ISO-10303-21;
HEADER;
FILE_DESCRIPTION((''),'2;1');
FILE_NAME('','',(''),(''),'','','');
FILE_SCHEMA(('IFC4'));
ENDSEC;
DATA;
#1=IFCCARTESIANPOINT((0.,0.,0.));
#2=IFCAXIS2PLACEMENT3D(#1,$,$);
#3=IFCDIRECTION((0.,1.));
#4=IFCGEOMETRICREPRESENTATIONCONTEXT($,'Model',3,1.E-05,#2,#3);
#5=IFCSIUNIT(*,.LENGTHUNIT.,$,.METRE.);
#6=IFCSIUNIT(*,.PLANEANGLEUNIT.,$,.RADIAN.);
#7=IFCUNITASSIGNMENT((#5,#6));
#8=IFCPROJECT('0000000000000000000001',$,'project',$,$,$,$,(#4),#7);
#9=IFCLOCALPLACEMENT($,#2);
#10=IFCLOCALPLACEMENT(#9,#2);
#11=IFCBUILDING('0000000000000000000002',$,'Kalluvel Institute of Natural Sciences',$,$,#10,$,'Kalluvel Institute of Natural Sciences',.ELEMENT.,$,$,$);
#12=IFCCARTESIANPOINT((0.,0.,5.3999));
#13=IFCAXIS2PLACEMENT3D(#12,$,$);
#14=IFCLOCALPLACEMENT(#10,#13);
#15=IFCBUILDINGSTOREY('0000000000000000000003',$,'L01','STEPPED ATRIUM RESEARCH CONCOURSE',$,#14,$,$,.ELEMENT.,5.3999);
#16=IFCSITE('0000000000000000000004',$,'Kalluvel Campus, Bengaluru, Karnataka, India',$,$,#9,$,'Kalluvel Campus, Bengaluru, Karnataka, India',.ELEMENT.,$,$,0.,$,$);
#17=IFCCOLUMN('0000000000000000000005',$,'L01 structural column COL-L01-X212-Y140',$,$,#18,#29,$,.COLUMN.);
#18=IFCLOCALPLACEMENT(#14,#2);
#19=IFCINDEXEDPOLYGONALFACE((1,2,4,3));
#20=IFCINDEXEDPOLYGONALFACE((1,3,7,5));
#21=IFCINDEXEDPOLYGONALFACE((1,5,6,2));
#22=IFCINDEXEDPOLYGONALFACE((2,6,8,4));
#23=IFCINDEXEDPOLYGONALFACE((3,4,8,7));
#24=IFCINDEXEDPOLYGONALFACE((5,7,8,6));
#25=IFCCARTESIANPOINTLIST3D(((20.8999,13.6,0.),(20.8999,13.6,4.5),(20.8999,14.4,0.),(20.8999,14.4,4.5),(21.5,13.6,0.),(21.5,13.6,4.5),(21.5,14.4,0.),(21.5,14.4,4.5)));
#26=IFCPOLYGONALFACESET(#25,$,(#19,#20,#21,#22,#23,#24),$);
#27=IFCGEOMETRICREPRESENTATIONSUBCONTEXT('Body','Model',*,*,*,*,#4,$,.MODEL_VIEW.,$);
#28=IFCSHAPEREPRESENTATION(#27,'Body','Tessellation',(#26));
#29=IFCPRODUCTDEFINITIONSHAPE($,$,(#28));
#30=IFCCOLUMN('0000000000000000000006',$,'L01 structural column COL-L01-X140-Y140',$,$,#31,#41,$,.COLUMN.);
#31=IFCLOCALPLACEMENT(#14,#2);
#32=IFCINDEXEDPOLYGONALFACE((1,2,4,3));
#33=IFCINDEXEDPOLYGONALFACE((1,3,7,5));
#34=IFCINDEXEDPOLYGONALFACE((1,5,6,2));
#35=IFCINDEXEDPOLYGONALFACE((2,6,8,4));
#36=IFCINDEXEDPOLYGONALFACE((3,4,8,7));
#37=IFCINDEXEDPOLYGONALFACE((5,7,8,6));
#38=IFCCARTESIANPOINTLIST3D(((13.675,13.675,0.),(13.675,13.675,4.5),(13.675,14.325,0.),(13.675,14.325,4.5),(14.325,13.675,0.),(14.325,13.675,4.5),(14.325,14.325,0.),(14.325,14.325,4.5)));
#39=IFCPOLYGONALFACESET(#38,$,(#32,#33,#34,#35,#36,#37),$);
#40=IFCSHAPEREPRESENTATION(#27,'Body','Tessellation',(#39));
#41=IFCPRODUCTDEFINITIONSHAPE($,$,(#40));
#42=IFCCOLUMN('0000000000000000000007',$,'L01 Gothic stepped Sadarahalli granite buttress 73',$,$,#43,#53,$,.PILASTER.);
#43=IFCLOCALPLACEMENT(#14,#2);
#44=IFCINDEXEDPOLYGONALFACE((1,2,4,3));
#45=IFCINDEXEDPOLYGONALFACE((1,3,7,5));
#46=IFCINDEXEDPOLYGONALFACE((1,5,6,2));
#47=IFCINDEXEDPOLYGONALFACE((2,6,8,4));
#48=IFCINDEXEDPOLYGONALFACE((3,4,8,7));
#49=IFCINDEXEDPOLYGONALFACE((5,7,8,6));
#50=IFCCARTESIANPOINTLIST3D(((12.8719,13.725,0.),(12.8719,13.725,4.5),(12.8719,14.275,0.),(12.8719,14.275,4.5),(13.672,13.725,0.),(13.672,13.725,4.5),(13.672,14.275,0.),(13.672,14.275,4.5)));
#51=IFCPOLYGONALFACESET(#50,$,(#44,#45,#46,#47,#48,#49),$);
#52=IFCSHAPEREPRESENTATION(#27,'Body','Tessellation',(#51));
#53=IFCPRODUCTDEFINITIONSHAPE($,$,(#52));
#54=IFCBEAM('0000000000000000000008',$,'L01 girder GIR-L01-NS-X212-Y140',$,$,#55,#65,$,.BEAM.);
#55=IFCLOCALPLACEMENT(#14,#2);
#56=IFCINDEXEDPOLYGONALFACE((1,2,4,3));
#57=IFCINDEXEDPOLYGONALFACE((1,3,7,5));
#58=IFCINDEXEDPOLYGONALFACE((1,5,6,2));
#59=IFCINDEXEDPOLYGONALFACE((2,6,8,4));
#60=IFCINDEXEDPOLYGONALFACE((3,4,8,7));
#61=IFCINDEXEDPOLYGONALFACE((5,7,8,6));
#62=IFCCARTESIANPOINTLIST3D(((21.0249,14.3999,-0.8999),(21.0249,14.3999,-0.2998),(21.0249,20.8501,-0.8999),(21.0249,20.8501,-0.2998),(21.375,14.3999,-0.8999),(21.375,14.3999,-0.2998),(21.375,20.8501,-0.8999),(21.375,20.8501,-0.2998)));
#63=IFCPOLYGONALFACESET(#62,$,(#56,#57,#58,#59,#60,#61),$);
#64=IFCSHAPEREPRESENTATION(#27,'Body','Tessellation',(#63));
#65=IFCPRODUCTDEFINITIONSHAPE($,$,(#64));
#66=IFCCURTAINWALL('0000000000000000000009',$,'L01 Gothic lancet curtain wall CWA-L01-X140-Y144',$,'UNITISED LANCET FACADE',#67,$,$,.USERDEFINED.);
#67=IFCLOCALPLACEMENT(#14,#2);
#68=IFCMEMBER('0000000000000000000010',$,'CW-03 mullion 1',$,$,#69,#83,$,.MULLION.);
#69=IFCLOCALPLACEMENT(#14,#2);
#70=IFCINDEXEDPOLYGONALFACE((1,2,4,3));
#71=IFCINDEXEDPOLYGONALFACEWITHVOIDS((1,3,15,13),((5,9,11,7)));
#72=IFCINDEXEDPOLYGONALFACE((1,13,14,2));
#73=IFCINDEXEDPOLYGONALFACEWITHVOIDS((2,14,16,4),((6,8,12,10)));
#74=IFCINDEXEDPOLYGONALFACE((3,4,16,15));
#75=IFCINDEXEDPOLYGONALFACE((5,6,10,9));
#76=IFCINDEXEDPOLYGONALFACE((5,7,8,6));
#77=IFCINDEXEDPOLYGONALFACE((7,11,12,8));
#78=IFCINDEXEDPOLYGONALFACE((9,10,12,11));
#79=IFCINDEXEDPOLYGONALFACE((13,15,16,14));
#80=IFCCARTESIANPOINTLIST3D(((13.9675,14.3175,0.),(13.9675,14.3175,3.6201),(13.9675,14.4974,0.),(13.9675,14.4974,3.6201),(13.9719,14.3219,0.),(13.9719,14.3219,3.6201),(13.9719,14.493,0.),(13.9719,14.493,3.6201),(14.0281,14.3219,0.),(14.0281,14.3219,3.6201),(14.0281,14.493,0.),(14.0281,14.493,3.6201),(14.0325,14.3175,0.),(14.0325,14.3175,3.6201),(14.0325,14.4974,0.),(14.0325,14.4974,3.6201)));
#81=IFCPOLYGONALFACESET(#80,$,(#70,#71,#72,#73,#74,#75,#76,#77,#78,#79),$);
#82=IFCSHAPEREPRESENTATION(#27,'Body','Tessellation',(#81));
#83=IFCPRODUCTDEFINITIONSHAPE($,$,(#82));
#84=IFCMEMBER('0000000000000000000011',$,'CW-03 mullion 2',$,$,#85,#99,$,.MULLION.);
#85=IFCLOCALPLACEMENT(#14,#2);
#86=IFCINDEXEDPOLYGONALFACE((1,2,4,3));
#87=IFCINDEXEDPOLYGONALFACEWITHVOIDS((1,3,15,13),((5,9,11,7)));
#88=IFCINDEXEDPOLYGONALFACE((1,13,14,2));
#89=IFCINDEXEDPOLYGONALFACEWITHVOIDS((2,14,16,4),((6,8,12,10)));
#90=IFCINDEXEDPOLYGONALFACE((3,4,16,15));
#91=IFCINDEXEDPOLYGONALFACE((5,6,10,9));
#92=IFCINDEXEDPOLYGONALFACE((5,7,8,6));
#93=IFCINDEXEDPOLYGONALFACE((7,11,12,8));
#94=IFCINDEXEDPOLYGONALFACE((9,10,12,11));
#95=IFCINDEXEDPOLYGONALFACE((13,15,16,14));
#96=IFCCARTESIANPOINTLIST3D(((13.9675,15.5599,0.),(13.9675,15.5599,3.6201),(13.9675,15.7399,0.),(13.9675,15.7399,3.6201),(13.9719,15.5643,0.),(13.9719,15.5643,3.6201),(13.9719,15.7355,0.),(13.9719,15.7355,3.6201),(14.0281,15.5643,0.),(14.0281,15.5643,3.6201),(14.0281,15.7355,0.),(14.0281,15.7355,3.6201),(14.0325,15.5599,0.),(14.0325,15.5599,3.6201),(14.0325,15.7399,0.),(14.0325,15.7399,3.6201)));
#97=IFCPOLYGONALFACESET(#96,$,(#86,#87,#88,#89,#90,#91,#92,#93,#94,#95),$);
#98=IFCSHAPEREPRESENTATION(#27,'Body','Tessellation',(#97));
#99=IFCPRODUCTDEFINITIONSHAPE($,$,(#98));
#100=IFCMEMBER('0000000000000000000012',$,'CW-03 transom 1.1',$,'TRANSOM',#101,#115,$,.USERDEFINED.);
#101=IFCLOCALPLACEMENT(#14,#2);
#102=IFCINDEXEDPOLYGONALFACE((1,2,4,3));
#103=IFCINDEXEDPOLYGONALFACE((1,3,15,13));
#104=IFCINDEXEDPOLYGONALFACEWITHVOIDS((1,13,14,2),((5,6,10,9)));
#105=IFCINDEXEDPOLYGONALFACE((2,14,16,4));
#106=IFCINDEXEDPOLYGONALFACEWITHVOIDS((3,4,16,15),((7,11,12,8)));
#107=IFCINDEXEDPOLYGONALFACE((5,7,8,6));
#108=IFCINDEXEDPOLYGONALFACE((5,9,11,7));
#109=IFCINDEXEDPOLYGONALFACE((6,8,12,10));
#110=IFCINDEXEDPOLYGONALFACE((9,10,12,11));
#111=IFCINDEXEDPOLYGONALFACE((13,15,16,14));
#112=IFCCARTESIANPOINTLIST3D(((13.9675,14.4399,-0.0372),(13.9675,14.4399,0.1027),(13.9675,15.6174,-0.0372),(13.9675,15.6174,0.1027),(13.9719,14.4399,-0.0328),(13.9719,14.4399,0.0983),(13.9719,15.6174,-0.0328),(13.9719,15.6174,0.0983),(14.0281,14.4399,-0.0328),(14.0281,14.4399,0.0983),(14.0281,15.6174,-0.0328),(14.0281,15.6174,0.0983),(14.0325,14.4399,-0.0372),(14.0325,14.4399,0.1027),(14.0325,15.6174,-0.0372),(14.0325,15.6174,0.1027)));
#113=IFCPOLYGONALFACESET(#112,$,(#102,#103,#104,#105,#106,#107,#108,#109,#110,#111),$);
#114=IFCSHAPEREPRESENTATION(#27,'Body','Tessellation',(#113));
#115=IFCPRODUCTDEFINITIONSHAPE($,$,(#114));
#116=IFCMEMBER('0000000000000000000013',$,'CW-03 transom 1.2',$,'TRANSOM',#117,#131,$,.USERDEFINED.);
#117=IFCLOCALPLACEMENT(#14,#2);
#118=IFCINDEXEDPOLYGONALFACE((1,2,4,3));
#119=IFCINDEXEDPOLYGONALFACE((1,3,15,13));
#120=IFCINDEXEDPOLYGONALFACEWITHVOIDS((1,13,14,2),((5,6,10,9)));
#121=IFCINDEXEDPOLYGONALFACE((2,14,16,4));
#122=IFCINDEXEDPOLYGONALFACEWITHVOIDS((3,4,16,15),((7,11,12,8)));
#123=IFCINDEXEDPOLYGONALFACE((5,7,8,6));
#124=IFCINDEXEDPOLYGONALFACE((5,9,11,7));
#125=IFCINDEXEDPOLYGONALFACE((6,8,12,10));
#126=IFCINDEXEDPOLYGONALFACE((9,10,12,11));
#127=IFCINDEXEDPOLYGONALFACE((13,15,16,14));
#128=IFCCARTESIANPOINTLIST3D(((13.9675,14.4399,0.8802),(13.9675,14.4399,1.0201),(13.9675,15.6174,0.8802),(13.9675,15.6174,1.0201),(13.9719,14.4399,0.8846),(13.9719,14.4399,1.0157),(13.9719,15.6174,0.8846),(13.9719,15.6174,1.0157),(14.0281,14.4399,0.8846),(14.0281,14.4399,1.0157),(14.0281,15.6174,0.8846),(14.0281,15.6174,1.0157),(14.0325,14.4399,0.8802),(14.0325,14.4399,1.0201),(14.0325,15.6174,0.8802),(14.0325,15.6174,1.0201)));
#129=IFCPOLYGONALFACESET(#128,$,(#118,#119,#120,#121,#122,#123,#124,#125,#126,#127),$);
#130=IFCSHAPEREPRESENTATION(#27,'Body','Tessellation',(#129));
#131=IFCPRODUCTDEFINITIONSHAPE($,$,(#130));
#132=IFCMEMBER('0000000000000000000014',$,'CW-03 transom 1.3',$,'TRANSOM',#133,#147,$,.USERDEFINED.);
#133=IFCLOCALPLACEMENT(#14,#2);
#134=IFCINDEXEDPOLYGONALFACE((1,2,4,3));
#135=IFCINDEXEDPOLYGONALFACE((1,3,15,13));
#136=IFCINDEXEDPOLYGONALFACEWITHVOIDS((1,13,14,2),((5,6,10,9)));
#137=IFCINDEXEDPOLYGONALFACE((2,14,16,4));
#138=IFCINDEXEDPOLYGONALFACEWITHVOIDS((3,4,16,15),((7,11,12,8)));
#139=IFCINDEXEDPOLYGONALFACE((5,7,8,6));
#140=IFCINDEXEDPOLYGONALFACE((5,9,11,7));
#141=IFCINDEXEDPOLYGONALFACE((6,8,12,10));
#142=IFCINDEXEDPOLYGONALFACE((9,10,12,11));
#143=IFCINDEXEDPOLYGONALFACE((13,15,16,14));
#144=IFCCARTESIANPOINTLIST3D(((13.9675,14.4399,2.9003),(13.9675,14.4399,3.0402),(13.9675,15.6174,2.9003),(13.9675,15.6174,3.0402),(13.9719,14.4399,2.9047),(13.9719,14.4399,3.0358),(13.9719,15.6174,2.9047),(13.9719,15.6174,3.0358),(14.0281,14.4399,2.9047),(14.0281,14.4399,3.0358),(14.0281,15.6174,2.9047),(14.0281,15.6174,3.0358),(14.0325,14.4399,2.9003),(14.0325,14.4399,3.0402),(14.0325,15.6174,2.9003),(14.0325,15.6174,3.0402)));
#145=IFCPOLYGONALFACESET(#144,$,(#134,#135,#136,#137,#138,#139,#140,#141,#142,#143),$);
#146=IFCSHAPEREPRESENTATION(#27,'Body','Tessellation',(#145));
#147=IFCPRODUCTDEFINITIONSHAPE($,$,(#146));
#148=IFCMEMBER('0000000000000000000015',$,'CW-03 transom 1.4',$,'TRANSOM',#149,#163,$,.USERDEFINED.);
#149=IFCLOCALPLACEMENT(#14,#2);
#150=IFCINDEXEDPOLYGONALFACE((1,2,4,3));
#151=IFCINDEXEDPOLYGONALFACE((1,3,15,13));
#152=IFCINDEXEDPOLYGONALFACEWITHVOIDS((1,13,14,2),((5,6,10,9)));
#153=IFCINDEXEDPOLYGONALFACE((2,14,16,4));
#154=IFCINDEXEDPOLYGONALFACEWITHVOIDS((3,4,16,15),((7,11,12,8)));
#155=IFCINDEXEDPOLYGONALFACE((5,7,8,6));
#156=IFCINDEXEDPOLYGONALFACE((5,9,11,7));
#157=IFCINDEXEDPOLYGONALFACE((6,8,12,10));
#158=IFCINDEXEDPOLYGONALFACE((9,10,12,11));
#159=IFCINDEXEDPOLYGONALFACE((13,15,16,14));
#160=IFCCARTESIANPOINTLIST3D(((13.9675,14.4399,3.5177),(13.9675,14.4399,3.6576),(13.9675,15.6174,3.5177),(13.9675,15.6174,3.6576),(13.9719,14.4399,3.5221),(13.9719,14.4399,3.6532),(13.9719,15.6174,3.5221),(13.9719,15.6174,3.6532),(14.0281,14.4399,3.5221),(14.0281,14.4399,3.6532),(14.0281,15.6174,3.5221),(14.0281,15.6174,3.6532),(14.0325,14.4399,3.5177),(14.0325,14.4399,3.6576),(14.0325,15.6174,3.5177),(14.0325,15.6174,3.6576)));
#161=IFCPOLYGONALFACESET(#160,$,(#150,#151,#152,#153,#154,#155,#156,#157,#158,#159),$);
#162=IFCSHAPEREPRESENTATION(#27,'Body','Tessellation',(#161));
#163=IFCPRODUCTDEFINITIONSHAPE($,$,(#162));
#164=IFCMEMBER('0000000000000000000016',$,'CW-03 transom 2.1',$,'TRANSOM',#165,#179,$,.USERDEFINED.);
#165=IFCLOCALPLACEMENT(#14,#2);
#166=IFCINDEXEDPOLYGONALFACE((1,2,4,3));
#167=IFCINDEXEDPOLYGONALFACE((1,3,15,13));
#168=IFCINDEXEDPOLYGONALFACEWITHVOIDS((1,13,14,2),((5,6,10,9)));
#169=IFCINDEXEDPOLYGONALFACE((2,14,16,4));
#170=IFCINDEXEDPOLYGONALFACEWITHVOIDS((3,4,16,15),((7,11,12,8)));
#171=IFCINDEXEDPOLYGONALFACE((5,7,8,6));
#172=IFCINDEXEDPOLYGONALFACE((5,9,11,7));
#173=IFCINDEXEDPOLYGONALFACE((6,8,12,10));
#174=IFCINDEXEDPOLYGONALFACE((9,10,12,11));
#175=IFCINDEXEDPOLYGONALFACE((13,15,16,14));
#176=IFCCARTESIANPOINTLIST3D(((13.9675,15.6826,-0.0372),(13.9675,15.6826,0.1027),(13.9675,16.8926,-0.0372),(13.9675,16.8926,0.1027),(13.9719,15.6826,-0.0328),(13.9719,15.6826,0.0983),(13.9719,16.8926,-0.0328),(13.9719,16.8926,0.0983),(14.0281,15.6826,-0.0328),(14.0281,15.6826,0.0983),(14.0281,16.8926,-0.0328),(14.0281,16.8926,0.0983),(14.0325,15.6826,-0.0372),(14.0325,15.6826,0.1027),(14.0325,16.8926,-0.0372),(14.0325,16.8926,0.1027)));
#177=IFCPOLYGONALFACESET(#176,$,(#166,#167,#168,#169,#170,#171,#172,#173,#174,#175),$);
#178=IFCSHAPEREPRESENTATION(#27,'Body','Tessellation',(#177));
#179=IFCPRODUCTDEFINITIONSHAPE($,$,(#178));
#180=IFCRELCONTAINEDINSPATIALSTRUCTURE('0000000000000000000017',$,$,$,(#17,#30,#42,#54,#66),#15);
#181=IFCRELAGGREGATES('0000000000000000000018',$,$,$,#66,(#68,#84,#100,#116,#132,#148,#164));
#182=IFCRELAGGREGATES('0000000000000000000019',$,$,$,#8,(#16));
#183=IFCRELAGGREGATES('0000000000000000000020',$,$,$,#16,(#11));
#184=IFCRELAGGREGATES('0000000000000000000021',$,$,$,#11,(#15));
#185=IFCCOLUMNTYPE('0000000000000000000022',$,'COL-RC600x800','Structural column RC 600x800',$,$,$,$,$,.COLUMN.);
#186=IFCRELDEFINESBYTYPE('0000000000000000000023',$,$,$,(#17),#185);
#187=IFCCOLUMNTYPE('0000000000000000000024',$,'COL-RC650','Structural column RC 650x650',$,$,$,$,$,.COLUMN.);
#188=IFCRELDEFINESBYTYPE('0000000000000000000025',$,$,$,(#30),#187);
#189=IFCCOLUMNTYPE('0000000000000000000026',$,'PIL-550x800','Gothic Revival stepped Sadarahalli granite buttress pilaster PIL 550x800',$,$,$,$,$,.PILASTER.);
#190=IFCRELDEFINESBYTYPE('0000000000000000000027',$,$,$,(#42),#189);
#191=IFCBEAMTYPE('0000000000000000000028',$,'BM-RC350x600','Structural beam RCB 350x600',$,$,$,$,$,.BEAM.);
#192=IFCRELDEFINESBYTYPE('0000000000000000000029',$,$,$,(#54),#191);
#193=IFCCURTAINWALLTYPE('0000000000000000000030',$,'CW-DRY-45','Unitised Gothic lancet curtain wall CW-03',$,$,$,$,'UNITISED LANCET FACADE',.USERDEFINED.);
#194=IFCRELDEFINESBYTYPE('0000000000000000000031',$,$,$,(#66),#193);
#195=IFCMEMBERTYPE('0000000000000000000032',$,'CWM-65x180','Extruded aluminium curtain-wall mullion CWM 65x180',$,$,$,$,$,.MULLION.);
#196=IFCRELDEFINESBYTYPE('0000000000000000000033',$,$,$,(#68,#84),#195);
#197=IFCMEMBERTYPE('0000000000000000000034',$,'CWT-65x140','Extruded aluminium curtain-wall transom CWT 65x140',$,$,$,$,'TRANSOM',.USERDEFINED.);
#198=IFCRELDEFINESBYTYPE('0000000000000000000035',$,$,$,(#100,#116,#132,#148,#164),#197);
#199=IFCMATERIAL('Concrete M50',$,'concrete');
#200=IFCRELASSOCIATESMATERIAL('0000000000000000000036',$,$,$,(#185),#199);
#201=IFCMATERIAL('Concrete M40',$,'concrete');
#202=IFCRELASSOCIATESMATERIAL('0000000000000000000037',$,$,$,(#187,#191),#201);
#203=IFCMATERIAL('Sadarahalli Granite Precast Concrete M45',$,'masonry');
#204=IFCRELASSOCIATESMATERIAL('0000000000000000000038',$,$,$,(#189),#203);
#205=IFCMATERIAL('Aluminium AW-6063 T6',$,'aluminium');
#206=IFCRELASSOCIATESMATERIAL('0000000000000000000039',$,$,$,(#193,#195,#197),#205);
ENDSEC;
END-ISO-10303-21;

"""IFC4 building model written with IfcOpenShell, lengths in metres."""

from ifc_helpers import new_model, si_unit, direction, frame, origin, origin_2d, place, context, subcontext, project, spatial, rectangle, hollow_rectangle, extrude, material, material_profile, profile_set, type_object, element, aggregate, save


model = new_model("IFC4")

# Units and contexts
model_context = context("Model", 3, precision=1e-05, world=origin(), true_north=direction((0.0, 1.0)))
body_context = subcontext(model_context, "Body", "Model", "MODEL_VIEW")
ifc_project = project(units=[si_unit("LENGTHUNIT", "METRE"), si_unit("PLANEANGLEUNIT", "RADIAN")], contexts=[model_context])

# Site, building, storey
site_placement = place(None, origin())
site = spatial("IfcSite", under=ifc_project, at=site_placement, Name="Kalluvel Campus, Bengaluru, Karnataka, India", LongName="Kalluvel Campus, Bengaluru, Karnataka, India", CompositionType="ELEMENT", RefElevation=0.0)
building_placement = place(site_placement, origin())
building = spatial("IfcBuilding", under=site, at=building_placement, Name="Kalluvel Institute of Natural Sciences", LongName="Kalluvel Institute of Natural Sciences", CompositionType="ELEMENT")
storey_placement = place(building_placement, frame((0.0, 0.0, 5.3999)))
storey = spatial("IfcBuildingStorey", under=building, at=storey_placement, Name="L01", Description="STEPPED ATRIUM RESEARCH CONCOURSE", CompositionType="ELEMENT", Elevation=5.3999)

# Columns
ifc_material_1 = material(Name="Concrete M50", Category="concrete")
ifc_material_profile_1 = material_profile(ifc_material_1, rectangle(XDim=0.6001, YDim=0.8, at=origin_2d()), Name="RC 600x800")
ifc_profile_set_1 = profile_set([ifc_material_profile_1], Name="Concrete M50")
column_type_1 = type_object("IfcColumnType", Name="COL-RC600x800", Description="Structural column RC 600x800", PredefinedType="COLUMN", material=ifc_profile_set_1)
column_1_placement = place(storey_placement, frame((21.2, 14.0, 0.0), z_axis=(0.0, 0.0, 1.0), x_axis=(1.0, 0.0, 0.0)))
element("IfcColumn", 1, at=column_1_placement, inside=storey, type_object=column_type_1, Name="L01 structural column COL-L01-X212-Y140", PredefinedType="COLUMN", context=body_context, shape_type="SweptSolid", body=[
    extrude(rectangle(XDim=0.6001, YDim=0.8, at=origin_2d()), origin(), (0.0, 0.0, 1.0), 4.5),
])
ifc_material_2 = material(Name="Concrete M40", Category="concrete")
ifc_material_profile_2 = material_profile(ifc_material_2, rectangle(XDim=0.6499, YDim=0.6499, at=origin_2d()), Name="RC 650x650")
ifc_profile_set_2 = profile_set([ifc_material_profile_2], Name="Concrete M40")
column_type_2 = type_object("IfcColumnType", Name="COL-RC650", Description="Structural column RC 650x650", PredefinedType="COLUMN", material=ifc_profile_set_2)
column_2_placement = place(storey_placement, frame((14.0, 14.0, 0.0), z_axis=(0.0, 0.0, 1.0), x_axis=(1.0, 0.0, 0.0)))
element("IfcColumn", 2, at=column_2_placement, inside=storey, type_object=column_type_2, Name="L01 structural column COL-L01-X140-Y140", PredefinedType="COLUMN", context=body_context, shape_type="SweptSolid", body=[
    extrude(rectangle(XDim=0.6499, YDim=0.6499, at=origin_2d()), origin(), (0.0, 0.0, 1.0), 4.5),
])
ifc_material_3 = material(Name="Sadarahalli Granite Precast Concrete M45", Category="masonry")
ifc_material_profile_3 = material_profile(ifc_material_3, rectangle(XDim=0.55, YDim=0.8, at=origin_2d()), Name="PIL 550x800")
ifc_profile_set_3 = profile_set([ifc_material_profile_3], Name="Sadarahalli Granite Precast Concrete M45")
column_type_3 = type_object("IfcColumnType", Name="PIL-550x800", Description="Gothic Revival stepped Sadarahalli granite buttress pilaster PIL 550x800", PredefinedType="PILASTER", material=ifc_profile_set_3)
column_3_placement = place(storey_placement, frame((13.272, 14.0, 0.0), z_axis=(0.0, 0.0, 1.0), x_axis=(0.0, 1.0, 0.0)))
element("IfcColumn", 3, at=column_3_placement, inside=storey, type_object=column_type_3, Name="L01 Gothic stepped Sadarahalli granite buttress 73", PredefinedType="PILASTER", context=body_context, shape_type="SweptSolid", body=[
    extrude(rectangle(XDim=0.55, YDim=0.8, at=origin_2d()), origin(), (0.0, 0.0, 1.0), 4.5),
])

# Beam
ifc_material_profile_4 = material_profile(ifc_material_2, rectangle(XDim=0.3501, YDim=0.6001, at=origin_2d()), Name="RCB 350x600")
ifc_profile_set_4 = profile_set([ifc_material_profile_4], Name="Concrete M40")
beam_type_1 = type_object("IfcBeamType", Name="BM-RC350x600", Description="Structural beam RCB 350x600", PredefinedType="BEAM", material=ifc_profile_set_4)
beam_1_placement = place(storey_placement, frame((21.2, 14.3999, -0.5999), z_axis=(0.0, 1.0, 0.0), x_axis=(-1.0, 0.0, 0.0)))
element("IfcBeam", 4, at=beam_1_placement, inside=storey, type_object=beam_type_1, Name="L01 girder GIR-L01-NS-X212-Y140", PredefinedType="BEAM", context=body_context, shape_type="SweptSolid", body=[
    extrude(rectangle(XDim=0.3501, YDim=0.6001, at=origin_2d()), origin(), (0.0, 0.0, 1.0), 6.4502),
])

# Curtain wall, members
ifc_material_4 = material(Name="Aluminium AW-6063 T6", Category="aluminium")
curtain_wall_type = type_object("IfcCurtainWallType", Name="CW-DRY-45", Description="Unitised Gothic lancet curtain wall CW-03", ElementType="UNITISED LANCET FACADE", PredefinedType="USERDEFINED", material=ifc_material_4)
curtain_wall_placement = place(storey_placement, origin())
curtain_wall = element("IfcCurtainWall", 5, at=curtain_wall_placement, inside=storey, type_object=curtain_wall_type, Name="L01 Gothic lancet curtain wall CWA-L01-X140-Y144", ObjectType="UNITISED LANCET FACADE", PredefinedType="USERDEFINED")
ifc_material_profile_5 = material_profile(ifc_material_4, hollow_rectangle(XDim=0.0649, YDim=0.1799, WallThickness=0.0044, at=origin_2d()), Name="CWM 65x180")
ifc_profile_set_5 = profile_set([ifc_material_profile_5], Name="Aluminium AW-6063 T6")
member_type_1 = type_object("IfcMemberType", Name="CWM-65x180", Description="Extruded aluminium curtain-wall mullion CWM 65x180", PredefinedType="MULLION", material=ifc_profile_set_5)
member_1_placement = place(storey_placement, frame((14.0, 14.4075, 0.0), z_axis=(0.0, 0.0, 1.0), x_axis=(-1.0, 0.0, 0.0)))
member_1 = element("IfcMember", 6, at=member_1_placement, type_object=member_type_1, Name="CW-03 mullion 1", PredefinedType="MULLION", context=body_context, shape_type="SweptSolid", body=[
    extrude(hollow_rectangle(XDim=0.0649, YDim=0.1799, WallThickness=0.0044, at=origin_2d()), origin(), (0.0, 0.0, 1.0), 3.6201),
])
member_2_placement = place(storey_placement, frame((14.0, 15.6499, 0.0), z_axis=(0.0, 0.0, 1.0), x_axis=(-1.0, 0.0, 0.0)))
member_2 = element("IfcMember", 7, at=member_2_placement, type_object=member_type_1, Name="CW-03 mullion 2", PredefinedType="MULLION", context=body_context, shape_type="SweptSolid", body=[
    extrude(hollow_rectangle(XDim=0.0649, YDim=0.1799, WallThickness=0.0044, at=origin_2d()), origin(), (0.0, 0.0, 1.0), 3.6201),
])
ifc_material_profile_6 = material_profile(ifc_material_4, hollow_rectangle(XDim=0.0649, YDim=0.1399, WallThickness=0.0044, at=origin_2d()), Name="CWT 65x140")
ifc_profile_set_6 = profile_set([ifc_material_profile_6], Name="Aluminium AW-6063 T6")
member_type_2 = type_object("IfcMemberType", Name="CWT-65x140", Description="Extruded aluminium curtain-wall transom CWT 65x140", ElementType="TRANSOM", PredefinedType="USERDEFINED", material=ifc_profile_set_6)
member_3_placement = place(storey_placement, frame((14.0, 14.4399, 0.0327), z_axis=(0.0, 1.0, 0.0), x_axis=(-1.0, 0.0, 0.0)))
member_3 = element("IfcMember", 8, at=member_3_placement, type_object=member_type_2, Name="CW-03 transom 1.1", ObjectType="TRANSOM", PredefinedType="USERDEFINED", context=body_context, shape_type="SweptSolid", body=[
    extrude(hollow_rectangle(XDim=0.0649, YDim=0.1399, WallThickness=0.0044, at=origin_2d()), origin(), (0.0, 0.0, 1.0), 1.1775),
])
member_4_placement = place(storey_placement, frame((14.0, 14.4399, 0.9502), z_axis=(0.0, 1.0, 0.0), x_axis=(-1.0, 0.0, 0.0)))
member_4 = element("IfcMember", 9, at=member_4_placement, type_object=member_type_2, Name="CW-03 transom 1.2", ObjectType="TRANSOM", PredefinedType="USERDEFINED", context=body_context, shape_type="SweptSolid", body=[
    extrude(hollow_rectangle(XDim=0.0649, YDim=0.1399, WallThickness=0.0044, at=origin_2d()), origin(), (0.0, 0.0, 1.0), 1.1775),
])
member_5_placement = place(storey_placement, frame((14.0, 14.4399, 2.9702), z_axis=(0.0, 1.0, 0.0), x_axis=(-1.0, 0.0, 0.0)))
member_5 = element("IfcMember", 10, at=member_5_placement, type_object=member_type_2, Name="CW-03 transom 1.3", ObjectType="TRANSOM", PredefinedType="USERDEFINED", context=body_context, shape_type="SweptSolid", body=[
    extrude(hollow_rectangle(XDim=0.0649, YDim=0.1399, WallThickness=0.0044, at=origin_2d()), origin(), (0.0, 0.0, 1.0), 1.1775),
])
member_6_placement = place(storey_placement, frame((14.0, 14.4399, 3.5876), z_axis=(0.0, 1.0, 0.0), x_axis=(-1.0, 0.0, 0.0)))
member_6 = element("IfcMember", 11, at=member_6_placement, type_object=member_type_2, Name="CW-03 transom 1.4", ObjectType="TRANSOM", PredefinedType="USERDEFINED", context=body_context, shape_type="SweptSolid", body=[
    extrude(hollow_rectangle(XDim=0.0649, YDim=0.1399, WallThickness=0.0044, at=origin_2d()), origin(), (0.0, 0.0, 1.0), 1.1775),
])
member_7_placement = place(storey_placement, frame((14.0, 15.6826, 0.0327), z_axis=(0.0, 1.0, 0.0), x_axis=(-1.0, 0.0, 0.0)))
member_7 = element("IfcMember", 12, at=member_7_placement, type_object=member_type_2, Name="CW-03 transom 2.1", ObjectType="TRANSOM", PredefinedType="USERDEFINED", context=body_context, shape_type="SweptSolid", body=[
    extrude(hollow_rectangle(XDim=0.0649, YDim=0.1399, WallThickness=0.0044, at=origin_2d()), origin(), (0.0, 0.0, 1.0), 1.21),
])

aggregate(curtain_wall, [member_1, member_2, member_3, member_4, member_5, member_6, member_7])

save(model, "model.ifc")
